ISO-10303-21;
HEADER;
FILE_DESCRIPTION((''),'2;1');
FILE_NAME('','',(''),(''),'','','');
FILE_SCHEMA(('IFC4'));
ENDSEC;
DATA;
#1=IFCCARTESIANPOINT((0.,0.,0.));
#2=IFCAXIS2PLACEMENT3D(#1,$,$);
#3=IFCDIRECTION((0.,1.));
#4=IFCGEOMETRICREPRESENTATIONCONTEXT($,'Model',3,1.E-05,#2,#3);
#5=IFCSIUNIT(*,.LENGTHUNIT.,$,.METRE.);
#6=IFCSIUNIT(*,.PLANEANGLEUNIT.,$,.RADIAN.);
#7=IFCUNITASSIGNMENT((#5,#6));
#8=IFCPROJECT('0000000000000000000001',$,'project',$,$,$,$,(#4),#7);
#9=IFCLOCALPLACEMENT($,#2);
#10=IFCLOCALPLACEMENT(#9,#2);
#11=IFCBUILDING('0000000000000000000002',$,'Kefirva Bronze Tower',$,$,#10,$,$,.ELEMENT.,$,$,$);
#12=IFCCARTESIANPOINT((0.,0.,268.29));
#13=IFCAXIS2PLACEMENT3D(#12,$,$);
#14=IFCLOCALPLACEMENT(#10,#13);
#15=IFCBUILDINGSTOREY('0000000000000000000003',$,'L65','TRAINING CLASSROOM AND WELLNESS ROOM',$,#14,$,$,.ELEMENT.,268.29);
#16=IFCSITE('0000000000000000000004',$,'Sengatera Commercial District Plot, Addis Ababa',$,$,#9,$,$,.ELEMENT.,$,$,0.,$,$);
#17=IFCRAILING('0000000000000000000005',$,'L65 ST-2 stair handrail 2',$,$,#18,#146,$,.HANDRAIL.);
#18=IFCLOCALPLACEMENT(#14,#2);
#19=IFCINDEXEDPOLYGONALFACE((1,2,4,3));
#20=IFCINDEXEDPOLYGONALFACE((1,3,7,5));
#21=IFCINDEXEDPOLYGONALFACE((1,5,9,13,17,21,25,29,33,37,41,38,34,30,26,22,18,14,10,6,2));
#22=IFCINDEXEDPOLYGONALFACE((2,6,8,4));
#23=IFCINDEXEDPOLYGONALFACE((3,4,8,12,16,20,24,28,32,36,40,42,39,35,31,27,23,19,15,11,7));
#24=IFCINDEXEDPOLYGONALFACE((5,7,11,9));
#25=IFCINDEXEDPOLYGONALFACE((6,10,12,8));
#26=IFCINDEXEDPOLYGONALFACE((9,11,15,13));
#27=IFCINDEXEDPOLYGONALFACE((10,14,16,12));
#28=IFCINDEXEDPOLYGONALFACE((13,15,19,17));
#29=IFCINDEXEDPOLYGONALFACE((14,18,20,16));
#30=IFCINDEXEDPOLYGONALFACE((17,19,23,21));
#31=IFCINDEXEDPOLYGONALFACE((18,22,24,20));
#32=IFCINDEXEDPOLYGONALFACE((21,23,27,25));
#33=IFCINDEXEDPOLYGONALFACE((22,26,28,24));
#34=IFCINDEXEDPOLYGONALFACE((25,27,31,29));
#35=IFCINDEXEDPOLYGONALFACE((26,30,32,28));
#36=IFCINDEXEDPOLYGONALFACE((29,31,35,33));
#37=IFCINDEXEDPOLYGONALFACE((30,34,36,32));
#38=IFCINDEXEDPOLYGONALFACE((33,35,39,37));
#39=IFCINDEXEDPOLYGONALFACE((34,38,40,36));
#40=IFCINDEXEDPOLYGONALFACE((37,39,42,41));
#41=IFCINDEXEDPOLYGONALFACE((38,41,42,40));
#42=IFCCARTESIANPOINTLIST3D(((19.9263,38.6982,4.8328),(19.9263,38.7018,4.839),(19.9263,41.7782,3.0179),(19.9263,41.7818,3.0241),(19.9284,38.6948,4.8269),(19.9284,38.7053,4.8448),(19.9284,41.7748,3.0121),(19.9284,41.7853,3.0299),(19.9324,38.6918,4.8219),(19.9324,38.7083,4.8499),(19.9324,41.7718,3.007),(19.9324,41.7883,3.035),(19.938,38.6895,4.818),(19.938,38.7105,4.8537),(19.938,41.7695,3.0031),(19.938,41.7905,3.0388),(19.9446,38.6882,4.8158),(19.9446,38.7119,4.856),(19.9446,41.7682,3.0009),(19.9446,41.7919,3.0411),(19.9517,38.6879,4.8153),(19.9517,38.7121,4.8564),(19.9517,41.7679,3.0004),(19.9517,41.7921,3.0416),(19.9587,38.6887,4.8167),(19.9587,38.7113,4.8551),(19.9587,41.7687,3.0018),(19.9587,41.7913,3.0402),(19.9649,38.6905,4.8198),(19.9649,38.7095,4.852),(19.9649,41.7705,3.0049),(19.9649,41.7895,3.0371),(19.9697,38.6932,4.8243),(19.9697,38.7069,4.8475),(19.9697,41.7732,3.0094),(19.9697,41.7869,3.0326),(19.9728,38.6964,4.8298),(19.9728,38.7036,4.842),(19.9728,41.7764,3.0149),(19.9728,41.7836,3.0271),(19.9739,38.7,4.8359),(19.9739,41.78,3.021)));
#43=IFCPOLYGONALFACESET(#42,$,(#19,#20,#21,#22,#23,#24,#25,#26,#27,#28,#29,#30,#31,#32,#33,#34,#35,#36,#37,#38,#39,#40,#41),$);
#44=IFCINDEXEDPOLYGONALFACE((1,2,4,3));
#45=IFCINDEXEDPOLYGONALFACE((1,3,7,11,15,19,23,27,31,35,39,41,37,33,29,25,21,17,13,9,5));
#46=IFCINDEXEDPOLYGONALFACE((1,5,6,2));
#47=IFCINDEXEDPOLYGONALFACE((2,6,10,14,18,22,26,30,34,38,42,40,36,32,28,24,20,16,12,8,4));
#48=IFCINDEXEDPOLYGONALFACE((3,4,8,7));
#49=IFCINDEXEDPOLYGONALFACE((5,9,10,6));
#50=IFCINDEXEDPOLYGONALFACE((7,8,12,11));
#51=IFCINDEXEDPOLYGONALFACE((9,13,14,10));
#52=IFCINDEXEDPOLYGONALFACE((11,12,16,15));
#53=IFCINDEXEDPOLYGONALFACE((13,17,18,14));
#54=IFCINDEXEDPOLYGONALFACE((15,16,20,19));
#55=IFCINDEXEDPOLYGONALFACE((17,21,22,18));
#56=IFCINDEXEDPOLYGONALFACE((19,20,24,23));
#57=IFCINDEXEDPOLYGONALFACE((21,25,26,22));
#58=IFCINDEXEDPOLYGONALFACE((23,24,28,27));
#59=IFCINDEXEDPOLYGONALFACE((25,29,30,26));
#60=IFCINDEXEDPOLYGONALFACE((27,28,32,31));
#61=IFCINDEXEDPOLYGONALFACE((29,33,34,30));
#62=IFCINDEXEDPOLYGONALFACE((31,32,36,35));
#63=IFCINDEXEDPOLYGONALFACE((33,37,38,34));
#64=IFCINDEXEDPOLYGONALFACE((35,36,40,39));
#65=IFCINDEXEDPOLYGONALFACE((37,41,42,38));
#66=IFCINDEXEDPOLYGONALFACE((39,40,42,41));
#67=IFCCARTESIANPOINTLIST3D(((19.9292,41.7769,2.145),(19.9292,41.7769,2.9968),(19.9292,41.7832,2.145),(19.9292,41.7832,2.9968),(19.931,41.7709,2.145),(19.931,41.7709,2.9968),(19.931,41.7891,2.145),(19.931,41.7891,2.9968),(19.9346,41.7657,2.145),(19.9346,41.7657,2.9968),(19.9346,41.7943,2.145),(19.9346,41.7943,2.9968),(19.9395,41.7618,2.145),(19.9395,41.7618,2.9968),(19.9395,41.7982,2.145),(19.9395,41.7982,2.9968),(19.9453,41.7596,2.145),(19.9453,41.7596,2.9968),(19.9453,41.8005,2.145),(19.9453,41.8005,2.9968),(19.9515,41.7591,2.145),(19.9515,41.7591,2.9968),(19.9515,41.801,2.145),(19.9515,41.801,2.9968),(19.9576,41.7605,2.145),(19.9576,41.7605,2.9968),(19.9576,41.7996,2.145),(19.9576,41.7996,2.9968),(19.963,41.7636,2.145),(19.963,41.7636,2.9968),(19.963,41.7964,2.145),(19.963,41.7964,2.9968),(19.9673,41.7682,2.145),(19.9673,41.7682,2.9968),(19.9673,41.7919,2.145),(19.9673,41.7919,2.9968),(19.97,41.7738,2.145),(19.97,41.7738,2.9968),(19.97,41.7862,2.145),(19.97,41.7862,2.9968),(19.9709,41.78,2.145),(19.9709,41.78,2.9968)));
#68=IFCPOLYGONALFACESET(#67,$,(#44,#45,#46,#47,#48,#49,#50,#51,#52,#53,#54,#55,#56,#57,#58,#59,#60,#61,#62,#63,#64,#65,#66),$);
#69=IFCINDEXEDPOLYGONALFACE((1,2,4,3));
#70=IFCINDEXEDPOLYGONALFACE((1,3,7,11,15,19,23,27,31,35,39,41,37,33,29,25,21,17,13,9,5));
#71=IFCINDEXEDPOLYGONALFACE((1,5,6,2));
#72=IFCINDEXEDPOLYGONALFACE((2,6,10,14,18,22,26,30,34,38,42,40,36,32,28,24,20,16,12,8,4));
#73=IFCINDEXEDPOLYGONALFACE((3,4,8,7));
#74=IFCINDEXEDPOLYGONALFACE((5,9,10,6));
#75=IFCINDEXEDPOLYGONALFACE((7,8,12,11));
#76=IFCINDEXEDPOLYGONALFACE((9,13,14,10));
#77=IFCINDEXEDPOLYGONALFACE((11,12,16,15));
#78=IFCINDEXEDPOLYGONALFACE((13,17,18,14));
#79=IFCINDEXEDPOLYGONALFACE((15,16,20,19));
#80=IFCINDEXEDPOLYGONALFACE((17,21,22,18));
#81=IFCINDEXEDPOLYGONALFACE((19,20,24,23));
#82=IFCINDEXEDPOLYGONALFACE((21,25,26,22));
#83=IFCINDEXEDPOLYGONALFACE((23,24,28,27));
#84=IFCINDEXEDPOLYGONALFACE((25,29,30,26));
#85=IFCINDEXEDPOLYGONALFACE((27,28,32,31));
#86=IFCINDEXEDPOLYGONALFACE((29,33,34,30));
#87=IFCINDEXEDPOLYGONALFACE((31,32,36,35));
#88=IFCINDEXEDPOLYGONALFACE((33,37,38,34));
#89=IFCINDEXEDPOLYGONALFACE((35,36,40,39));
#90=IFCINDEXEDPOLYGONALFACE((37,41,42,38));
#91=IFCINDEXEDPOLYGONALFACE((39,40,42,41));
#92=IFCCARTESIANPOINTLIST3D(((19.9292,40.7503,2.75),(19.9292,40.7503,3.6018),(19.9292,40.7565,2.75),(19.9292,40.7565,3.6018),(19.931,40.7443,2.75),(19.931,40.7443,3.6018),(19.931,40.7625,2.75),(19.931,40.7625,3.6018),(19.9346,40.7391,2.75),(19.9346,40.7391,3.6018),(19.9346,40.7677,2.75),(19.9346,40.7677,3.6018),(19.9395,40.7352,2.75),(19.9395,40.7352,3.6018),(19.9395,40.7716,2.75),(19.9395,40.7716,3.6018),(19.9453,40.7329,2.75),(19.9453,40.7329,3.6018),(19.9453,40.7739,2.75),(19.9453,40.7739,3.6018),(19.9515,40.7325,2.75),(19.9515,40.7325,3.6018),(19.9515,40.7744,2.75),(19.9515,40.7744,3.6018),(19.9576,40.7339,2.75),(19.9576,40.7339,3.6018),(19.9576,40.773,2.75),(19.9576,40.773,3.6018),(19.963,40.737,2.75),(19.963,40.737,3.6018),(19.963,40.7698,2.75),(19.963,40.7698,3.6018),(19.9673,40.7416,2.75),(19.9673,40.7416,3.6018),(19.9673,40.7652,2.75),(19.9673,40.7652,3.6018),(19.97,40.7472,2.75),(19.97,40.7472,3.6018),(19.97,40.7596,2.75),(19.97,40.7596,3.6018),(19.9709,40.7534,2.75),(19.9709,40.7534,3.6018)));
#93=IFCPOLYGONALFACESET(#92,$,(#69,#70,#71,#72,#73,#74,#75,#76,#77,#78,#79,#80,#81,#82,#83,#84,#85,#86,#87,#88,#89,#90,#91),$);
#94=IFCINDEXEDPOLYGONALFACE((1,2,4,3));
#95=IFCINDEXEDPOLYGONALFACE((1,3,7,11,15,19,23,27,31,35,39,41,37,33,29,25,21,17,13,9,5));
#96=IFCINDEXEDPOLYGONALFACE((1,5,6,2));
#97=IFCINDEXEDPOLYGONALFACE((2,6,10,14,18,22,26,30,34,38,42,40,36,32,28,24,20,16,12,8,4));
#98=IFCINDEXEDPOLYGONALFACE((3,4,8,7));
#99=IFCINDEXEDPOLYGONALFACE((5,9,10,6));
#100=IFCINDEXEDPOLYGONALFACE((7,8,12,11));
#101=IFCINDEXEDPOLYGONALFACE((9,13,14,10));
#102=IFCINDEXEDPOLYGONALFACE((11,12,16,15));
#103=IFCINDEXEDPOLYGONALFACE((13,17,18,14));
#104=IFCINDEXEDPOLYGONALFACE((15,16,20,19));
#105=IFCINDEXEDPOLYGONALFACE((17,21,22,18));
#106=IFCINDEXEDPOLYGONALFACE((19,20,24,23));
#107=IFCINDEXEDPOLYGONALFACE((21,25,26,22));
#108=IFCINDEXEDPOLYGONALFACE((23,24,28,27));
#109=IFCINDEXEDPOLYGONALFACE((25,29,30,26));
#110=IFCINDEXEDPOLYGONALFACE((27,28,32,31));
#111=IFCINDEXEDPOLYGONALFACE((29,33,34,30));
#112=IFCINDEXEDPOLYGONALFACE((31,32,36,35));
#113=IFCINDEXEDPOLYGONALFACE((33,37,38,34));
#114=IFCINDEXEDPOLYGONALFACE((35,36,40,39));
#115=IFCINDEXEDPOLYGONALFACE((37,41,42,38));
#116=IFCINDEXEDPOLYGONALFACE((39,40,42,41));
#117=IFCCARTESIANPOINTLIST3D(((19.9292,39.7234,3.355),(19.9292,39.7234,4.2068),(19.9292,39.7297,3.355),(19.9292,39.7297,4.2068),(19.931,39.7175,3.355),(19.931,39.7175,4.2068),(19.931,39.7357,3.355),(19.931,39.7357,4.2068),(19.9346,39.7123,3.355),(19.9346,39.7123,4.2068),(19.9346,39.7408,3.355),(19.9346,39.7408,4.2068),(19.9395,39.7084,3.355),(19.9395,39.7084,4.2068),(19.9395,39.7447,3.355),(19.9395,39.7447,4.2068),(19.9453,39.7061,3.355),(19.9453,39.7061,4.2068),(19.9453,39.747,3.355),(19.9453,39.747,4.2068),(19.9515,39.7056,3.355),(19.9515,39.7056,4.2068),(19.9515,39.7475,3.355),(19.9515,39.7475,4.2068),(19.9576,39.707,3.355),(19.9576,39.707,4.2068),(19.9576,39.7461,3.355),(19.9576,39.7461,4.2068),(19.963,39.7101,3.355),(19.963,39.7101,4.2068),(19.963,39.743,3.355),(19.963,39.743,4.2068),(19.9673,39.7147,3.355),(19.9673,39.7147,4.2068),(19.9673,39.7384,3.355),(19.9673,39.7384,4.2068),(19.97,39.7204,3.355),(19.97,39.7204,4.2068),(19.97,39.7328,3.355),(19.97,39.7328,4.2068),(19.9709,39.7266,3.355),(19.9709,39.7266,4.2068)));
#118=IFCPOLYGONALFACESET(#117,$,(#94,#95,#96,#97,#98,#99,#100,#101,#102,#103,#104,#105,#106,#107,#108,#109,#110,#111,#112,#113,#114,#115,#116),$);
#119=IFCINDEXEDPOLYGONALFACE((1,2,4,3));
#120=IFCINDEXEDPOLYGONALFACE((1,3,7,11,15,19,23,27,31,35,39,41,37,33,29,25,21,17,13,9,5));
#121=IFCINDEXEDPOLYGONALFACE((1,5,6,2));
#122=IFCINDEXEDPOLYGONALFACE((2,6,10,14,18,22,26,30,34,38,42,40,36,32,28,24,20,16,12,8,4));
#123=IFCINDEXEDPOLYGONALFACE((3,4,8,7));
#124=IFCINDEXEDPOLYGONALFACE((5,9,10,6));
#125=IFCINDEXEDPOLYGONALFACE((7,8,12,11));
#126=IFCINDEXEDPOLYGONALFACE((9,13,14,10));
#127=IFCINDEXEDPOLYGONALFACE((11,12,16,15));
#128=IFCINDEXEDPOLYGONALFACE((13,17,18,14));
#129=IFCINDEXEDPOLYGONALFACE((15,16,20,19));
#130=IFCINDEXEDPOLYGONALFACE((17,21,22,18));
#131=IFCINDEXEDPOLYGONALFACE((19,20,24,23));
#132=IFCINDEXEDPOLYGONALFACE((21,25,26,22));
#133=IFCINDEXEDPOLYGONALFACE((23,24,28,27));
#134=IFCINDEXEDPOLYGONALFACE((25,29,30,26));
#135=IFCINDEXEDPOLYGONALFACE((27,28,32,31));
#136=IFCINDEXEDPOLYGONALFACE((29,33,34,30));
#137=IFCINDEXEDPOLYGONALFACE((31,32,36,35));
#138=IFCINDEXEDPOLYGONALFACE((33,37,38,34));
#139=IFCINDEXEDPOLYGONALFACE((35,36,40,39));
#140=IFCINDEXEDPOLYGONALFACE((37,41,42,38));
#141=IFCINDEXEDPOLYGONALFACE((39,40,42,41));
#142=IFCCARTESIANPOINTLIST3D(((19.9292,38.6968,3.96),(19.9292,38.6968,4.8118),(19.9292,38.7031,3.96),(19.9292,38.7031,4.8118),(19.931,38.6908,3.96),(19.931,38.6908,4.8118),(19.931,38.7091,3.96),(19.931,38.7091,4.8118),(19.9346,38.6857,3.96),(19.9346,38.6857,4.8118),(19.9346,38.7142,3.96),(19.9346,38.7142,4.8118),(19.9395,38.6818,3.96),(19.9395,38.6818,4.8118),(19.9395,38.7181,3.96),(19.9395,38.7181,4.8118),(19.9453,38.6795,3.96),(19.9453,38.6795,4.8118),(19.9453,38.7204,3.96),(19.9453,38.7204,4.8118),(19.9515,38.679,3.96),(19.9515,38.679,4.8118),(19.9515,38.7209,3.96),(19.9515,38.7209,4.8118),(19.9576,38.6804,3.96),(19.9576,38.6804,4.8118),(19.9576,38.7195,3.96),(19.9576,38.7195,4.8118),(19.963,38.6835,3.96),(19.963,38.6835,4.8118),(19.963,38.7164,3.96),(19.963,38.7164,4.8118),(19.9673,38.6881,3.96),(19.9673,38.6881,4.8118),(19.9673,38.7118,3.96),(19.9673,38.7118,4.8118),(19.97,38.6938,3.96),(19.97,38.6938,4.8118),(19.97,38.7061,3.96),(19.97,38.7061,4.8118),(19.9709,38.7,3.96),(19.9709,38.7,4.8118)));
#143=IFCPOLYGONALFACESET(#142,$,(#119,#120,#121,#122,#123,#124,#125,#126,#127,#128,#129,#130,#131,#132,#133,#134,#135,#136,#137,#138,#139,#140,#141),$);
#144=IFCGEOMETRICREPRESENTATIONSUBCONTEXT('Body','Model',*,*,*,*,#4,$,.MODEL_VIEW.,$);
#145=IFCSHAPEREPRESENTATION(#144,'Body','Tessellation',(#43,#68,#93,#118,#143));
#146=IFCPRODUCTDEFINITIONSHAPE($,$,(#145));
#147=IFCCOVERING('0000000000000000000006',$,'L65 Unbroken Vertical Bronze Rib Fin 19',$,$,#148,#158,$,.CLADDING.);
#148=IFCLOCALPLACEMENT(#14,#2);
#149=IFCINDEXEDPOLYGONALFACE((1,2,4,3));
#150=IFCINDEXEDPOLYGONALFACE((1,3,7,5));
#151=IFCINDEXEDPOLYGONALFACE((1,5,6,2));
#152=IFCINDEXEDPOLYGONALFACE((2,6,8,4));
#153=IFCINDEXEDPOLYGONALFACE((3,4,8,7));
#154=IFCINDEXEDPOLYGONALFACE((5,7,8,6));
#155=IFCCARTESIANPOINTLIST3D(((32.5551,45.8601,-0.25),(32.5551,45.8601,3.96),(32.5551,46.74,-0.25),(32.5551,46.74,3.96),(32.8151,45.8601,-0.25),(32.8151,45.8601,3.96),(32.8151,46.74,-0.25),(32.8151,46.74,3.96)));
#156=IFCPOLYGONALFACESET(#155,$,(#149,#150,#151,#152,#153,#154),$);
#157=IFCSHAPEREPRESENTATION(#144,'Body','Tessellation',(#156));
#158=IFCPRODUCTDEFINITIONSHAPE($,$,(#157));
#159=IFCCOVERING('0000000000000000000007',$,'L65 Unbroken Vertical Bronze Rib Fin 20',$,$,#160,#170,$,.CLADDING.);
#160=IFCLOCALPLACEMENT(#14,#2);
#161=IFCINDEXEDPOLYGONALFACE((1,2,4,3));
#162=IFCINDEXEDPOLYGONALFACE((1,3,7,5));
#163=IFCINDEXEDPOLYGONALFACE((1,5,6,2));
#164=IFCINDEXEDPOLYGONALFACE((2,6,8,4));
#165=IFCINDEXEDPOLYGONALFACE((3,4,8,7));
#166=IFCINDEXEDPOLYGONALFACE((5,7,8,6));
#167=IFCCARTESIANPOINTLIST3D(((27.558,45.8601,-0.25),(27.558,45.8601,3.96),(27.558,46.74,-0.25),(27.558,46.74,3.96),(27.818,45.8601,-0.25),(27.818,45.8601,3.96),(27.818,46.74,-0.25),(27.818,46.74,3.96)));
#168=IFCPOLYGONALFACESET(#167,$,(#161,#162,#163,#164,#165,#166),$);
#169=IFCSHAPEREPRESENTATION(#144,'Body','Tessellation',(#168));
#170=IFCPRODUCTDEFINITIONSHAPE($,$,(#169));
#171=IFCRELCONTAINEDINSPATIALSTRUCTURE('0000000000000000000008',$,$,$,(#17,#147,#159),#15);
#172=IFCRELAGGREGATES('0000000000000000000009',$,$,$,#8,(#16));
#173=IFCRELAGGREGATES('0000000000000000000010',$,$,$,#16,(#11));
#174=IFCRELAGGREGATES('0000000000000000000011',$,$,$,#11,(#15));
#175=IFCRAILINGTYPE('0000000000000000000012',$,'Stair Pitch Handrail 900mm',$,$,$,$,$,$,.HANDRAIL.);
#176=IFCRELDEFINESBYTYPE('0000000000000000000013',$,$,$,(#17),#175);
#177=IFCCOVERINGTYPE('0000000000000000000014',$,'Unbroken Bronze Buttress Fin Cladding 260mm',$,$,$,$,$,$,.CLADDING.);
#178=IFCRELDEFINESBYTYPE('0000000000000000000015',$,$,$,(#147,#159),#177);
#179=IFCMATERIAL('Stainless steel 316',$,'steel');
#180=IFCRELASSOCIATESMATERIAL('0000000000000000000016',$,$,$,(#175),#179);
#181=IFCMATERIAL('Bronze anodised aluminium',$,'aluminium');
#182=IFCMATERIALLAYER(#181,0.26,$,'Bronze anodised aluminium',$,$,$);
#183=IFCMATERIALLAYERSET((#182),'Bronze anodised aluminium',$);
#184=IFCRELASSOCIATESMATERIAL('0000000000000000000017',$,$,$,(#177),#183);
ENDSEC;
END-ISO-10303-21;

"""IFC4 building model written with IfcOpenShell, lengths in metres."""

from ifc_helpers import new_model, si_unit, direction, frame, origin, origin_2d, place, context, subcontext, project, spatial, rectangle, circle, extrude, material, layer, layer_set, type_object, element, save


model = new_model("IFC4")

# Units and contexts
model_context = context("Model", 3, precision=1e-05, world=origin(), true_north=direction((0.0, 1.0)))
body_context = subcontext(model_context, "Body", "Model", "MODEL_VIEW")
ifc_project = project(units=[si_unit("LENGTHUNIT", "METRE"), si_unit("PLANEANGLEUNIT", "RADIAN")], contexts=[model_context])

# Site, building, storey
site_placement = place(None, origin())
site = spatial("IfcSite", under=ifc_project, at=site_placement, Name="Sengatera Commercial District Plot, Addis Ababa", CompositionType="ELEMENT", RefElevation=0.0)
building_placement = place(site_placement, origin())
building = spatial("IfcBuilding", under=site, at=building_placement, Name="Kefirva Bronze Tower", CompositionType="ELEMENT")
storey_placement = place(building_placement, frame((0.0, 0.0, 268.29)))
storey = spatial("IfcBuildingStorey", under=building, at=storey_placement, Name="L65", Description="TRAINING CLASSROOM AND WELLNESS ROOM", CompositionType="ELEMENT", Elevation=268.29)

# Shared definitions
ifc_material_1 = material(Name="Bronze anodised aluminium", Category="aluminium")

# Railing
ifc_material_2 = material(Name="Stainless steel 316", Category="steel")
railing_type_1 = type_object("IfcRailingType", Name="Stair Pitch Handrail 900mm", PredefinedType="HANDRAIL", material=ifc_material_2)
railing_1_placement = place(storey_placement, frame((19.95, 41.78, 2.145)))
element("IfcRailing", 1, at=railing_1_placement, inside=storey, type_object=railing_type_1, Name="L65 ST-2 stair handrail 2", PredefinedType="HANDRAIL", context=body_context, shape_type="SweptSolid", body=[
    extrude(circle(Radius=0.0239, at=origin_2d()), frame((0.0, 0.0, 0.876), z_axis=(0.0, -0.861551, 0.507671), x_axis=(1.0, 0.0, 0.0)), (0.0, 0.0, 1.0), 3.575),
    extrude(circle(Radius=0.021, at=origin_2d()), origin(), (0.0, 0.0, 1.0), 0.8518),
    extrude(circle(Radius=0.021, at=origin_2d()), frame((0.0, -1.0266, 0.605)), (0.0, 0.0, 1.0), 0.8518),
    extrude(circle(Radius=0.021, at=origin_2d()), frame((0.0, -2.0535, 1.21)), (0.0, 0.0, 1.0), 0.8518),
    extrude(circle(Radius=0.021, at=origin_2d()), frame((0.0, -3.0801, 1.8149)), (0.0, 0.0, 1.0), 0.8518),
])

# Coverings
ifc_layer_1 = layer(ifc_material_1, 0.26, Name="Bronze anodised aluminium")
ifc_layer_set_1 = layer_set([ifc_layer_1], Name="Bronze anodised aluminium")
covering_type = type_object("IfcCoveringType", Name="Unbroken Bronze Buttress Fin Cladding 260mm", PredefinedType="CLADDING", material=ifc_layer_set_1)
for number, where, z_axis, x_axis, name in (
    (2, (32.6851, 46.3, -0.25), (0.0, 0.0, 1.0), (-1.0, 0.0, 0.0), "L65 Unbroken Vertical Bronze Rib Fin 19"),
    (3, (27.688, 46.3, -0.25), (0.0, 0.0, 1.0), (-1.0, 0.0, 0.0), "L65 Unbroken Vertical Bronze Rib Fin 20"),
):
    element("IfcCovering", number, at=place(storey_placement, frame(where, z_axis=z_axis, x_axis=x_axis)), inside=storey, type_object=covering_type, Name=name, PredefinedType="CLADDING", context=body_context, shape_type="SweptSolid", body=[
        extrude(rectangle(XDim=0.26, YDim=0.8799, at=origin_2d()), origin(), (0.0, 0.0, 1.0), 4.21),
    ])

save(model, "model.ifc")
